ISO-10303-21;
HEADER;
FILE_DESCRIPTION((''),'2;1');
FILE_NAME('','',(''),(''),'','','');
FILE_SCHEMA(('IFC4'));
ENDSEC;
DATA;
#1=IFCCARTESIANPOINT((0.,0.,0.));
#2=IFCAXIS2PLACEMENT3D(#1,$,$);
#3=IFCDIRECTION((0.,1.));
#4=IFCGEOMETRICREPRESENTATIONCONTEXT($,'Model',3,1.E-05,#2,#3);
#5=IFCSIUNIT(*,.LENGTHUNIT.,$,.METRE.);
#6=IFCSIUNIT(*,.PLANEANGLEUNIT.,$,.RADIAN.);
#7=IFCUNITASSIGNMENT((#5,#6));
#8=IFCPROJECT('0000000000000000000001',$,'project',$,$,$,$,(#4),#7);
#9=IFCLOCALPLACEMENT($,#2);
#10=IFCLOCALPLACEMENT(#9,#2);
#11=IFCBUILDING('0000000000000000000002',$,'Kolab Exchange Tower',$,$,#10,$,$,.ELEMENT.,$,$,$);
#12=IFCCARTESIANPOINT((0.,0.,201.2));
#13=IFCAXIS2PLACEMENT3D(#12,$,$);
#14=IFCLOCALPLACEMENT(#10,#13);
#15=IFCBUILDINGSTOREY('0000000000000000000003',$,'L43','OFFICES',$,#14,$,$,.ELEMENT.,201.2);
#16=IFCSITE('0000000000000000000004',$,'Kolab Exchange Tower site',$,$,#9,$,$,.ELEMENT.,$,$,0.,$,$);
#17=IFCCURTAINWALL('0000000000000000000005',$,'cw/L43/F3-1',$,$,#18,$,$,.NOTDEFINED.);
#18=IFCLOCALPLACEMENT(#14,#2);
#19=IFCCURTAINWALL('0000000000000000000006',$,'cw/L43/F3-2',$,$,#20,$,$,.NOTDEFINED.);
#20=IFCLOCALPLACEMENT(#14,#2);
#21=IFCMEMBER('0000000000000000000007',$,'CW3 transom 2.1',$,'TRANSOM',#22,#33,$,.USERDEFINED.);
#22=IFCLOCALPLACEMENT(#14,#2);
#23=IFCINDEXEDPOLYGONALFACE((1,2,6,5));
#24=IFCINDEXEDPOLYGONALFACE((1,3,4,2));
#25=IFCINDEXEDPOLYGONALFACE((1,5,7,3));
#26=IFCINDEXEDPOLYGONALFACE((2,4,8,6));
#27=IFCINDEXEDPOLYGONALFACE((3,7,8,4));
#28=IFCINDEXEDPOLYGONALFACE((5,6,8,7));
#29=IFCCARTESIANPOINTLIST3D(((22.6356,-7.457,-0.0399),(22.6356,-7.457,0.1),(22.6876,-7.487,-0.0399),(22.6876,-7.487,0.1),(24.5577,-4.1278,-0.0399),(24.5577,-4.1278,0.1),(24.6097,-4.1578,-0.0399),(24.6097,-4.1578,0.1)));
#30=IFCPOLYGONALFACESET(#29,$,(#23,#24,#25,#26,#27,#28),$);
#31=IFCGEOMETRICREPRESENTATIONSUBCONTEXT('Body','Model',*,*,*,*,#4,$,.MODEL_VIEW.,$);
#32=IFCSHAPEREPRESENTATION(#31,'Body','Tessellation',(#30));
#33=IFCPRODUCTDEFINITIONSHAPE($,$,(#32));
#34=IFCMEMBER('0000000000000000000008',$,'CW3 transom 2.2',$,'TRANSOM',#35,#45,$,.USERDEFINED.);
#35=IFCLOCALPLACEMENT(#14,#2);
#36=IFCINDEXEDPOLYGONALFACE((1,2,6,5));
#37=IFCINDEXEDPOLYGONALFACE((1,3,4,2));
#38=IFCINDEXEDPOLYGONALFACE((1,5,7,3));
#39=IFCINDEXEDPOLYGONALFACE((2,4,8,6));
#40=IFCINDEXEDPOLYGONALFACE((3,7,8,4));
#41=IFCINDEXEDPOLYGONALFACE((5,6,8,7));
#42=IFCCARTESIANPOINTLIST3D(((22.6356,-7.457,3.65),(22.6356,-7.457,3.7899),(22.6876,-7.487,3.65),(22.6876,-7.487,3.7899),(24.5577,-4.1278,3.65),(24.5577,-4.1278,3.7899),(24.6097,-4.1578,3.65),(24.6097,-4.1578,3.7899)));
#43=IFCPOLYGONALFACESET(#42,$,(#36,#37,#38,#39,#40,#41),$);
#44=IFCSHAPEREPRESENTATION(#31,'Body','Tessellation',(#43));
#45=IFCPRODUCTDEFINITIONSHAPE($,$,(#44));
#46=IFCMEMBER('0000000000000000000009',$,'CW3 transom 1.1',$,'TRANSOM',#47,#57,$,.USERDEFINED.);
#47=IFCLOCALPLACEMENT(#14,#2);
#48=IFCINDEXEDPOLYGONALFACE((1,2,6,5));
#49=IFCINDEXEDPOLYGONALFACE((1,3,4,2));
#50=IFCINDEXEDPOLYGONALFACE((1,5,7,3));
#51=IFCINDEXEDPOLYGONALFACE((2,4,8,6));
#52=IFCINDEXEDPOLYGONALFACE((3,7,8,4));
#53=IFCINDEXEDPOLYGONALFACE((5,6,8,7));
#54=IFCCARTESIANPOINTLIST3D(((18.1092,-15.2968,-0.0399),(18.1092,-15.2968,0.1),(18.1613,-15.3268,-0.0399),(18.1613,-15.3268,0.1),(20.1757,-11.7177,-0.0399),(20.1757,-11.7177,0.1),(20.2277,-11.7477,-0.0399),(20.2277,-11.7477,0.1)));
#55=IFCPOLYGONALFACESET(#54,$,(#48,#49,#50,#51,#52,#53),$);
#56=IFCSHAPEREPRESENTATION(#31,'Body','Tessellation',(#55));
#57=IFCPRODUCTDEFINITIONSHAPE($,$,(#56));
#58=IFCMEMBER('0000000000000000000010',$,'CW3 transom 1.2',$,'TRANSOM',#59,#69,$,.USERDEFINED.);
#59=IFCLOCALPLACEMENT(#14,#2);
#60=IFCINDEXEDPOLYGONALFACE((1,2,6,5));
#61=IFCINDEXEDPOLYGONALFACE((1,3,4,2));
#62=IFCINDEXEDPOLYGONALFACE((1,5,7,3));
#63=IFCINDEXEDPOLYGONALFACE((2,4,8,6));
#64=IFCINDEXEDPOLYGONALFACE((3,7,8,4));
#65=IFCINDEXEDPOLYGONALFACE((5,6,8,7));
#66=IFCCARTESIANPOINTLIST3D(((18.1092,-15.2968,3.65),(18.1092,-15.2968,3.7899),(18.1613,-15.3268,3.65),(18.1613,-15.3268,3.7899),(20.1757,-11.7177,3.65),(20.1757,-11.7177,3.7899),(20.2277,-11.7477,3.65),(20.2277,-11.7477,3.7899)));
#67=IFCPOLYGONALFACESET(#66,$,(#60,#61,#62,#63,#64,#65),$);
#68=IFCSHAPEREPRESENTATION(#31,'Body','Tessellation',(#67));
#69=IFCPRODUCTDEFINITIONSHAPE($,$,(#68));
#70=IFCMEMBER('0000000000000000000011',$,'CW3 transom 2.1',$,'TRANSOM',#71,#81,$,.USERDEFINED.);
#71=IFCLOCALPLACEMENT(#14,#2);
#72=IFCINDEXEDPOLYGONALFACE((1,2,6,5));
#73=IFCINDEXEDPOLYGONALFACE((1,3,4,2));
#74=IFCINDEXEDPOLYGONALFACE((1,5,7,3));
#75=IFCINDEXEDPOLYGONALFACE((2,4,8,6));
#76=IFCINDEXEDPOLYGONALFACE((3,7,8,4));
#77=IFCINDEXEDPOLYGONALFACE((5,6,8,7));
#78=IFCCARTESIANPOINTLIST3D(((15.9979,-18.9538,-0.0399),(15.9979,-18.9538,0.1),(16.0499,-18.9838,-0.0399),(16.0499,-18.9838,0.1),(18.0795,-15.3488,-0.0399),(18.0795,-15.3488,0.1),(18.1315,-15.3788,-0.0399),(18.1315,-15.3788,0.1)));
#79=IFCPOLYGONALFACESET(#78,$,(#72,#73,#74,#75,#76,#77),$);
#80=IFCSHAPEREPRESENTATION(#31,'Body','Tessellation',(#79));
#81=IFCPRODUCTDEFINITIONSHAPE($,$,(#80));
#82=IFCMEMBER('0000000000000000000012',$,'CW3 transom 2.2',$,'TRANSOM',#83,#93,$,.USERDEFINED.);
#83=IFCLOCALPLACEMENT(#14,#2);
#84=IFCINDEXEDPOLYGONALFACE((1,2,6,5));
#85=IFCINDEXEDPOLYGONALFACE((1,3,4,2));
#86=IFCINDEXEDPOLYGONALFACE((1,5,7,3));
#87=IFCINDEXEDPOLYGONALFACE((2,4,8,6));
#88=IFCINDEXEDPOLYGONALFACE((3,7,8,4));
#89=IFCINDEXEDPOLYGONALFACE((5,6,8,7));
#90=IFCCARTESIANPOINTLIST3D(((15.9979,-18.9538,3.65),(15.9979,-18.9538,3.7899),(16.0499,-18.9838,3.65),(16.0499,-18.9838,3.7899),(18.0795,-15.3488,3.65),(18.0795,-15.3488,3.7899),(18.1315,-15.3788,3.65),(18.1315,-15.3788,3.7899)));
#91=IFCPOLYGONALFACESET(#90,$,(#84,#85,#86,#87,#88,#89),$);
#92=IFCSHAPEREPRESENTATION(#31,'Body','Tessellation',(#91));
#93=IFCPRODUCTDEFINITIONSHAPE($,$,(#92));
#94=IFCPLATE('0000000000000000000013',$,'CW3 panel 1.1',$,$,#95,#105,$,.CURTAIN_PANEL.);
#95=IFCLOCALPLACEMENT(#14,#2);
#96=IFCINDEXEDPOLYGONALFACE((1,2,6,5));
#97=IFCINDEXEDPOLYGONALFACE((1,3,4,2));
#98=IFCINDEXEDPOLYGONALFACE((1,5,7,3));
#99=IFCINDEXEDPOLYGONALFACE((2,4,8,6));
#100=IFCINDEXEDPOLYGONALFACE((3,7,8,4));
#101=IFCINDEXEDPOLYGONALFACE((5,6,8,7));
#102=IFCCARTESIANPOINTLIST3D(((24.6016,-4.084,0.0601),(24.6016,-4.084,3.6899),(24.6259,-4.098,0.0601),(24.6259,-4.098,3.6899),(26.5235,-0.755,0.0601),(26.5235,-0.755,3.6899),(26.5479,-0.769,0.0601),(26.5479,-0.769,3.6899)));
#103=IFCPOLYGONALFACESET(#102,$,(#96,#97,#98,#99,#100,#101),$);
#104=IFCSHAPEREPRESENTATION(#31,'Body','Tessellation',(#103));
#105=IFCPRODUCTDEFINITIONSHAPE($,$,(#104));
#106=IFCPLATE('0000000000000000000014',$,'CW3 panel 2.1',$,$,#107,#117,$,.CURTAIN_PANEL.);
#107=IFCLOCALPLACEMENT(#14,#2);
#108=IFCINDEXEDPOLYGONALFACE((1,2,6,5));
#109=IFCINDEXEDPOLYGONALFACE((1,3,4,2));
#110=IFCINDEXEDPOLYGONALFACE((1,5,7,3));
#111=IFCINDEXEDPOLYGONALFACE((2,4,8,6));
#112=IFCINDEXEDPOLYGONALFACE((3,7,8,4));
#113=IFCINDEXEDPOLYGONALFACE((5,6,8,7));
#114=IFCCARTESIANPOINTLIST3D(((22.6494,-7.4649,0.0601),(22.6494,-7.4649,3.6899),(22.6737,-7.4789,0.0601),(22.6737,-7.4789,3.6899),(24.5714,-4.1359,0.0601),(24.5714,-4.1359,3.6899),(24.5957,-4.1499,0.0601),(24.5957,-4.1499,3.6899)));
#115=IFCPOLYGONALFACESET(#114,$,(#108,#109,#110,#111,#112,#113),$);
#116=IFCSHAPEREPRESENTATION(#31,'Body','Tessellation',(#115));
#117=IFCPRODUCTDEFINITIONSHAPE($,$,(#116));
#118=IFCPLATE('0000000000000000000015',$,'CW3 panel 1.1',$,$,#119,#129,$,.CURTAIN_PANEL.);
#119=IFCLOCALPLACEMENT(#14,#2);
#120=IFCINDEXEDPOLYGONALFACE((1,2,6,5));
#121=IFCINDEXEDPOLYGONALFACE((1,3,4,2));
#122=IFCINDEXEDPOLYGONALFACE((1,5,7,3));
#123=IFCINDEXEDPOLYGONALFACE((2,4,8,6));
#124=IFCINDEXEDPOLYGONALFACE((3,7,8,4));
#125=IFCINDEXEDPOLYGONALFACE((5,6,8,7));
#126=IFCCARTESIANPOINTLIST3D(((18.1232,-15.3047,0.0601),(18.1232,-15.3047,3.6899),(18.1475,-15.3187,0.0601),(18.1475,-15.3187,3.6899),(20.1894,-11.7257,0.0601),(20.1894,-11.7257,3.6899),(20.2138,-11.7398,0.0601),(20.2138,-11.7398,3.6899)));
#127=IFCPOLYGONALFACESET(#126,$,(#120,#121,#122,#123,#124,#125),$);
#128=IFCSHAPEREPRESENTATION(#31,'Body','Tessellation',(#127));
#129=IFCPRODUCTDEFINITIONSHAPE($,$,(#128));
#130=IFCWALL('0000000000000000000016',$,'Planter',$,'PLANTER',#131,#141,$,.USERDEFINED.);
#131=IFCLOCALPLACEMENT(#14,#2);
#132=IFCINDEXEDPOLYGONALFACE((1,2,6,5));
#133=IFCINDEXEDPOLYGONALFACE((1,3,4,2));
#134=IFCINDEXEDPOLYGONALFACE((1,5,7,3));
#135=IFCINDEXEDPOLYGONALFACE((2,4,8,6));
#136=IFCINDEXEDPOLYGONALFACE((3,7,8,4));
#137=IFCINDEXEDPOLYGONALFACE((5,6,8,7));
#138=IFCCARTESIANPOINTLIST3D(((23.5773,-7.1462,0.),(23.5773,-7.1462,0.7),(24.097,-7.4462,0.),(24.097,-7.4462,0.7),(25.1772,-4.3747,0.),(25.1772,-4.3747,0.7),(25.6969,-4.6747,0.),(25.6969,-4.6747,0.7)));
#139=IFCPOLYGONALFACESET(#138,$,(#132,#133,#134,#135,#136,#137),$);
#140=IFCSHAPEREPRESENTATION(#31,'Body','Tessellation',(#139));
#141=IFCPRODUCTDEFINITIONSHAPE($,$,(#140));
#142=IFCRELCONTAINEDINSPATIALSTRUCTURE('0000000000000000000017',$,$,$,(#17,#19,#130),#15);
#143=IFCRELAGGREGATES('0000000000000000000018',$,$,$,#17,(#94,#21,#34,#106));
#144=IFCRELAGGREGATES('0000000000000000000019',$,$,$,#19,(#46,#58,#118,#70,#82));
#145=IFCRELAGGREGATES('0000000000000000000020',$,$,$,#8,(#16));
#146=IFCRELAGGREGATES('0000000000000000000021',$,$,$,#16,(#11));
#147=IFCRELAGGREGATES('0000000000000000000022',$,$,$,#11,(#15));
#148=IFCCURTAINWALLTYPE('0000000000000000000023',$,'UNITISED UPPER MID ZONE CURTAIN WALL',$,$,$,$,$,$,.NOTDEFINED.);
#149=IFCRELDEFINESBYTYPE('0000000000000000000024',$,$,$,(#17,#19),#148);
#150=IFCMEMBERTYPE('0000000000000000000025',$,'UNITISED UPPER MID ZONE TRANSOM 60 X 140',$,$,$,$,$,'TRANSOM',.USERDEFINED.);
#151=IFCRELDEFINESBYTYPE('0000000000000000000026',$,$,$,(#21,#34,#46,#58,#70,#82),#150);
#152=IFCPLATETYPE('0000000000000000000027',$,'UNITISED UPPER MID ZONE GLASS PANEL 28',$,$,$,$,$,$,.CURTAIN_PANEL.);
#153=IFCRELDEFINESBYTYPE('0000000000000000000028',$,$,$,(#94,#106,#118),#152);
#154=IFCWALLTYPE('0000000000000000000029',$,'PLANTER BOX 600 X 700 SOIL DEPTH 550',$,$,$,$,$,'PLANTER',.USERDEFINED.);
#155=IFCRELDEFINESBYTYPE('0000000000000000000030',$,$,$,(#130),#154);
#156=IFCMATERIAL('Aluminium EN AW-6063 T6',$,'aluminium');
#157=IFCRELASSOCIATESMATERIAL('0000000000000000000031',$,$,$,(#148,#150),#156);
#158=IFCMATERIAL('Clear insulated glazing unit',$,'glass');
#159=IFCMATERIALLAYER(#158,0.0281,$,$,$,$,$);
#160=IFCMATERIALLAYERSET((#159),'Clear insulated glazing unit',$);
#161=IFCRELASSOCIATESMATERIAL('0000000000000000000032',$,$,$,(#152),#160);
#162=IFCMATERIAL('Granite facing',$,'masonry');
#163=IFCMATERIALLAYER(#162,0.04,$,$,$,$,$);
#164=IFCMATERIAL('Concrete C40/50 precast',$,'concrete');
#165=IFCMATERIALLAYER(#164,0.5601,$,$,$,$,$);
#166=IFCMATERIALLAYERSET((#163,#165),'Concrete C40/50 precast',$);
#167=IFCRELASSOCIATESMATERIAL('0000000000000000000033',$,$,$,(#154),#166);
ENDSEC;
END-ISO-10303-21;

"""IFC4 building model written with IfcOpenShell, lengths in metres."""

from ifc_helpers import new_model, si_unit, direction, frame, frame_2d, origin, origin_2d, place, context, subcontext, project, spatial, rectangle, extrude, material, layer, layer_set, material_profile, profile_set, type_object, element, aggregate, save


model = new_model("IFC4")

# Units and contexts
model_context = context("Model", 3, precision=1e-05, world=origin(), true_north=direction((0.0, 1.0)))
body_context = subcontext(model_context, "Body", "Model", "MODEL_VIEW")
ifc_project = project(units=[si_unit("LENGTHUNIT", "METRE"), si_unit("PLANEANGLEUNIT", "RADIAN")], contexts=[model_context])

# Site, building, storey
site_placement = place(None, origin())
site = spatial("IfcSite", under=ifc_project, at=site_placement, Name="Kolab Exchange Tower site", CompositionType="ELEMENT", RefElevation=0.0)
building_placement = place(site_placement, origin())
building = spatial("IfcBuilding", under=site, at=building_placement, Name="Kolab Exchange Tower", CompositionType="ELEMENT")
storey_placement = place(building_placement, frame((0.0, 0.0, 201.2)))
storey = spatial("IfcBuildingStorey", under=building, at=storey_placement, Name="L43", Description="OFFICES", CompositionType="ELEMENT", Elevation=201.2)

# Curtain walls
ifc_material_1 = material(Name="Aluminium EN AW-6063 T6", Category="aluminium")
curtain_wall_type = type_object("IfcCurtainWallType", Name="UNITISED UPPER MID ZONE CURTAIN WALL", PredefinedType="NOTDEFINED", material=ifc_material_1)
curtain_wall_1_placement = place(storey_placement, origin())
curtain_wall_1 = element("IfcCurtainWall", 1, at=curtain_wall_1_placement, inside=storey, type_object=curtain_wall_type, Name="cw/L43/F3-1", PredefinedType="NOTDEFINED")
curtain_wall_2_placement = place(storey_placement, origin())
curtain_wall_2 = element("IfcCurtainWall", 2, at=curtain_wall_2_placement, inside=storey, type_object=curtain_wall_type, Name="cw/L43/F3-2", PredefinedType="NOTDEFINED")

# Members
ifc_material_profile_1 = material_profile(ifc_material_1, rectangle(XDim=0.0601, YDim=0.1399, at=origin_2d()), Name="RECT 60X140")
ifc_profile_set_1 = profile_set([ifc_material_profile_1], Name="Aluminium EN AW-6063 T6")
member_type_1 = type_object("IfcMemberType", Name="UNITISED UPPER MID ZONE TRANSOM 60 X 140", ElementType="TRANSOM", PredefinedType="USERDEFINED", material=ifc_profile_set_1)
member_1_placement = place(storey_placement, frame((24.5837, -4.1428, 0.03), z_axis=(-0.500012, -0.866018, 0.0), x_axis=(0.866018, -0.500012, 0.0)))
member_1 = element("IfcMember", 3, at=member_1_placement, type_object=member_type_1, Name="CW3 transom 2.1", ObjectType="TRANSOM", PredefinedType="USERDEFINED", context=body_context, shape_type="SweptSolid", body=[
    extrude(rectangle(XDim=0.0601, YDim=0.1399, at=origin_2d()), origin(), (0.0, 0.0, 1.0), 3.8442),
])
member_2_placement = place(storey_placement, frame((24.5837, -4.1428, 3.72), z_axis=(-0.500012, -0.866018, 0.0), x_axis=(0.866018, -0.500012, 0.0)))
member_2 = element("IfcMember", 4, at=member_2_placement, type_object=member_type_1, Name="CW3 transom 2.2", ObjectType="TRANSOM", PredefinedType="USERDEFINED", context=body_context, shape_type="SweptSolid", body=[
    extrude(rectangle(XDim=0.0601, YDim=0.1399, at=origin_2d()), origin(), (0.0, 0.0, 1.0), 3.8442),
])
member_3_placement = place(storey_placement, frame((20.2017, -11.7327, 0.03), z_axis=(-0.500002, -0.866024, 0.0), x_axis=(0.866024, -0.500002, 0.0)))
member_3 = element("IfcMember", 5, at=member_3_placement, type_object=member_type_1, Name="CW3 transom 1.1", ObjectType="TRANSOM", PredefinedType="USERDEFINED", context=body_context, shape_type="SweptSolid", body=[
    extrude(rectangle(XDim=0.0601, YDim=0.1399, at=origin_2d()), origin(), (0.0, 0.0, 1.0), 4.1328),
])
member_4_placement = place(storey_placement, frame((20.2017, -11.7327, 3.72), z_axis=(-0.500002, -0.866024, 0.0), x_axis=(0.866024, -0.500002, 0.0)))
member_4 = element("IfcMember", 6, at=member_4_placement, type_object=member_type_1, Name="CW3 transom 1.2", ObjectType="TRANSOM", PredefinedType="USERDEFINED", context=body_context, shape_type="SweptSolid", body=[
    extrude(rectangle(XDim=0.0601, YDim=0.1399, at=origin_2d()), origin(), (0.0, 0.0, 1.0), 4.1328),
])
member_5_placement = place(storey_placement, frame((18.1055, -15.3638, 0.03), z_axis=(-0.500037, -0.866004, 0.0), x_axis=(0.866004, -0.500037, 0.0)))
member_5 = element("IfcMember", 7, at=member_5_placement, type_object=member_type_1, Name="CW3 transom 2.1", ObjectType="TRANSOM", PredefinedType="USERDEFINED", context=body_context, shape_type="SweptSolid", body=[
    extrude(rectangle(XDim=0.0601, YDim=0.1399, at=origin_2d()), origin(), (0.0, 0.0, 1.0), 4.1628),
])
member_6_placement = place(storey_placement, frame((18.1055, -15.3638, 3.72), z_axis=(-0.500037, -0.866004, 0.0), x_axis=(0.866004, -0.500037, 0.0)))
member_6 = element("IfcMember", 8, at=member_6_placement, type_object=member_type_1, Name="CW3 transom 2.2", ObjectType="TRANSOM", PredefinedType="USERDEFINED", context=body_context, shape_type="SweptSolid", body=[
    extrude(rectangle(XDim=0.0601, YDim=0.1399, at=origin_2d()), origin(), (0.0, 0.0, 1.0), 4.1628),
])

# Plates
ifc_material_2 = material(Name="Clear insulated glazing unit", Category="glass")
ifc_layer_1 = layer(ifc_material_2, 0.0281)
ifc_layer_set_1 = layer_set([ifc_layer_1], Name="Clear insulated glazing unit")
plate_type = type_object("IfcPlateType", Name="UNITISED UPPER MID ZONE GLASS PANEL 28", PredefinedType="CURTAIN_PANEL", material=ifc_layer_set_1)
plate_1_placement = place(storey_placement, frame((25.5747, -2.4265, 0.0601), z_axis=(0.0, 0.0, 1.0), x_axis=(-0.5, -0.866025, 0.0)))
plate_1 = element("IfcPlate", 9, at=plate_1_placement, type_object=plate_type, Name="CW3 panel 1.1", PredefinedType="CURTAIN_PANEL", context=body_context, shape_type="SweptSolid", body=[
    extrude(rectangle(XDim=3.844, YDim=0.0281, at=origin_2d()), origin(), (0.0, 0.0, 1.0), 3.6299),
])
plate_2_placement = place(storey_placement, frame((23.6226, -5.8074, 0.0601), z_axis=(0.0, 0.0, 1.0), x_axis=(-0.5, -0.866025, 0.0)))
plate_2 = element("IfcPlate", 10, at=plate_2_placement, type_object=plate_type, Name="CW3 panel 2.1", PredefinedType="CURTAIN_PANEL", context=body_context, shape_type="SweptSolid", body=[
    extrude(rectangle(XDim=3.844, YDim=0.0281, at=origin_2d()), origin(), (0.0, 0.0, 1.0), 3.6299),
])
aggregate(curtain_wall_1, [plate_1, member_1, member_2, plate_2])
plate_3_placement = place(storey_placement, frame((19.1685, -13.5222, 0.0601), z_axis=(0.0, 0.0, 1.0), x_axis=(-0.5, -0.866025, 0.0)))
plate_3 = element("IfcPlate", 11, at=plate_3_placement, type_object=plate_type, Name="CW3 panel 1.1", PredefinedType="CURTAIN_PANEL", context=body_context, shape_type="SweptSolid", body=[
    extrude(rectangle(XDim=4.1326, YDim=0.0281, at=origin_2d()), origin(), (0.0, 0.0, 1.0), 3.6299),
])
aggregate(curtain_wall_2, [member_3, member_4, plate_3, member_5, member_6])

# Wall
ifc_material_3 = material(Name="Granite facing", Category="masonry")
ifc_layer_2 = layer(ifc_material_3, 0.04)
ifc_material_4 = material(Name="Concrete C40/50 precast", Category="concrete")
ifc_layer_3 = layer(ifc_material_4, 0.5601)
ifc_layer_set_2 = layer_set([ifc_layer_2, ifc_layer_3], Name="Concrete C40/50 precast")
wall_type_1 = type_object("IfcWallType", Name="PLANTER BOX 600 X 700 SOIL DEPTH 550", ElementType="PLANTER", PredefinedType="USERDEFINED", material=ifc_layer_set_2)
wall_1_placement = place(storey_placement, frame((25.437, -4.5247, 0.0), z_axis=(0.0, 0.0, 1.0), x_axis=(-0.499938, -0.866061, 0.0)))
element("IfcWall", 12, at=wall_1_placement, inside=storey, type_object=wall_type_1, Name="Planter", ObjectType="PLANTER", PredefinedType="USERDEFINED", context=body_context, shape_type="SweptSolid", body=[
    extrude(rectangle(XDim=3.2002, YDim=0.6001, at=frame_2d((1.6001, 0.0))), origin(), (0.0, 0.0, 1.0), 0.7),
])

save(model, "model.ifc")
